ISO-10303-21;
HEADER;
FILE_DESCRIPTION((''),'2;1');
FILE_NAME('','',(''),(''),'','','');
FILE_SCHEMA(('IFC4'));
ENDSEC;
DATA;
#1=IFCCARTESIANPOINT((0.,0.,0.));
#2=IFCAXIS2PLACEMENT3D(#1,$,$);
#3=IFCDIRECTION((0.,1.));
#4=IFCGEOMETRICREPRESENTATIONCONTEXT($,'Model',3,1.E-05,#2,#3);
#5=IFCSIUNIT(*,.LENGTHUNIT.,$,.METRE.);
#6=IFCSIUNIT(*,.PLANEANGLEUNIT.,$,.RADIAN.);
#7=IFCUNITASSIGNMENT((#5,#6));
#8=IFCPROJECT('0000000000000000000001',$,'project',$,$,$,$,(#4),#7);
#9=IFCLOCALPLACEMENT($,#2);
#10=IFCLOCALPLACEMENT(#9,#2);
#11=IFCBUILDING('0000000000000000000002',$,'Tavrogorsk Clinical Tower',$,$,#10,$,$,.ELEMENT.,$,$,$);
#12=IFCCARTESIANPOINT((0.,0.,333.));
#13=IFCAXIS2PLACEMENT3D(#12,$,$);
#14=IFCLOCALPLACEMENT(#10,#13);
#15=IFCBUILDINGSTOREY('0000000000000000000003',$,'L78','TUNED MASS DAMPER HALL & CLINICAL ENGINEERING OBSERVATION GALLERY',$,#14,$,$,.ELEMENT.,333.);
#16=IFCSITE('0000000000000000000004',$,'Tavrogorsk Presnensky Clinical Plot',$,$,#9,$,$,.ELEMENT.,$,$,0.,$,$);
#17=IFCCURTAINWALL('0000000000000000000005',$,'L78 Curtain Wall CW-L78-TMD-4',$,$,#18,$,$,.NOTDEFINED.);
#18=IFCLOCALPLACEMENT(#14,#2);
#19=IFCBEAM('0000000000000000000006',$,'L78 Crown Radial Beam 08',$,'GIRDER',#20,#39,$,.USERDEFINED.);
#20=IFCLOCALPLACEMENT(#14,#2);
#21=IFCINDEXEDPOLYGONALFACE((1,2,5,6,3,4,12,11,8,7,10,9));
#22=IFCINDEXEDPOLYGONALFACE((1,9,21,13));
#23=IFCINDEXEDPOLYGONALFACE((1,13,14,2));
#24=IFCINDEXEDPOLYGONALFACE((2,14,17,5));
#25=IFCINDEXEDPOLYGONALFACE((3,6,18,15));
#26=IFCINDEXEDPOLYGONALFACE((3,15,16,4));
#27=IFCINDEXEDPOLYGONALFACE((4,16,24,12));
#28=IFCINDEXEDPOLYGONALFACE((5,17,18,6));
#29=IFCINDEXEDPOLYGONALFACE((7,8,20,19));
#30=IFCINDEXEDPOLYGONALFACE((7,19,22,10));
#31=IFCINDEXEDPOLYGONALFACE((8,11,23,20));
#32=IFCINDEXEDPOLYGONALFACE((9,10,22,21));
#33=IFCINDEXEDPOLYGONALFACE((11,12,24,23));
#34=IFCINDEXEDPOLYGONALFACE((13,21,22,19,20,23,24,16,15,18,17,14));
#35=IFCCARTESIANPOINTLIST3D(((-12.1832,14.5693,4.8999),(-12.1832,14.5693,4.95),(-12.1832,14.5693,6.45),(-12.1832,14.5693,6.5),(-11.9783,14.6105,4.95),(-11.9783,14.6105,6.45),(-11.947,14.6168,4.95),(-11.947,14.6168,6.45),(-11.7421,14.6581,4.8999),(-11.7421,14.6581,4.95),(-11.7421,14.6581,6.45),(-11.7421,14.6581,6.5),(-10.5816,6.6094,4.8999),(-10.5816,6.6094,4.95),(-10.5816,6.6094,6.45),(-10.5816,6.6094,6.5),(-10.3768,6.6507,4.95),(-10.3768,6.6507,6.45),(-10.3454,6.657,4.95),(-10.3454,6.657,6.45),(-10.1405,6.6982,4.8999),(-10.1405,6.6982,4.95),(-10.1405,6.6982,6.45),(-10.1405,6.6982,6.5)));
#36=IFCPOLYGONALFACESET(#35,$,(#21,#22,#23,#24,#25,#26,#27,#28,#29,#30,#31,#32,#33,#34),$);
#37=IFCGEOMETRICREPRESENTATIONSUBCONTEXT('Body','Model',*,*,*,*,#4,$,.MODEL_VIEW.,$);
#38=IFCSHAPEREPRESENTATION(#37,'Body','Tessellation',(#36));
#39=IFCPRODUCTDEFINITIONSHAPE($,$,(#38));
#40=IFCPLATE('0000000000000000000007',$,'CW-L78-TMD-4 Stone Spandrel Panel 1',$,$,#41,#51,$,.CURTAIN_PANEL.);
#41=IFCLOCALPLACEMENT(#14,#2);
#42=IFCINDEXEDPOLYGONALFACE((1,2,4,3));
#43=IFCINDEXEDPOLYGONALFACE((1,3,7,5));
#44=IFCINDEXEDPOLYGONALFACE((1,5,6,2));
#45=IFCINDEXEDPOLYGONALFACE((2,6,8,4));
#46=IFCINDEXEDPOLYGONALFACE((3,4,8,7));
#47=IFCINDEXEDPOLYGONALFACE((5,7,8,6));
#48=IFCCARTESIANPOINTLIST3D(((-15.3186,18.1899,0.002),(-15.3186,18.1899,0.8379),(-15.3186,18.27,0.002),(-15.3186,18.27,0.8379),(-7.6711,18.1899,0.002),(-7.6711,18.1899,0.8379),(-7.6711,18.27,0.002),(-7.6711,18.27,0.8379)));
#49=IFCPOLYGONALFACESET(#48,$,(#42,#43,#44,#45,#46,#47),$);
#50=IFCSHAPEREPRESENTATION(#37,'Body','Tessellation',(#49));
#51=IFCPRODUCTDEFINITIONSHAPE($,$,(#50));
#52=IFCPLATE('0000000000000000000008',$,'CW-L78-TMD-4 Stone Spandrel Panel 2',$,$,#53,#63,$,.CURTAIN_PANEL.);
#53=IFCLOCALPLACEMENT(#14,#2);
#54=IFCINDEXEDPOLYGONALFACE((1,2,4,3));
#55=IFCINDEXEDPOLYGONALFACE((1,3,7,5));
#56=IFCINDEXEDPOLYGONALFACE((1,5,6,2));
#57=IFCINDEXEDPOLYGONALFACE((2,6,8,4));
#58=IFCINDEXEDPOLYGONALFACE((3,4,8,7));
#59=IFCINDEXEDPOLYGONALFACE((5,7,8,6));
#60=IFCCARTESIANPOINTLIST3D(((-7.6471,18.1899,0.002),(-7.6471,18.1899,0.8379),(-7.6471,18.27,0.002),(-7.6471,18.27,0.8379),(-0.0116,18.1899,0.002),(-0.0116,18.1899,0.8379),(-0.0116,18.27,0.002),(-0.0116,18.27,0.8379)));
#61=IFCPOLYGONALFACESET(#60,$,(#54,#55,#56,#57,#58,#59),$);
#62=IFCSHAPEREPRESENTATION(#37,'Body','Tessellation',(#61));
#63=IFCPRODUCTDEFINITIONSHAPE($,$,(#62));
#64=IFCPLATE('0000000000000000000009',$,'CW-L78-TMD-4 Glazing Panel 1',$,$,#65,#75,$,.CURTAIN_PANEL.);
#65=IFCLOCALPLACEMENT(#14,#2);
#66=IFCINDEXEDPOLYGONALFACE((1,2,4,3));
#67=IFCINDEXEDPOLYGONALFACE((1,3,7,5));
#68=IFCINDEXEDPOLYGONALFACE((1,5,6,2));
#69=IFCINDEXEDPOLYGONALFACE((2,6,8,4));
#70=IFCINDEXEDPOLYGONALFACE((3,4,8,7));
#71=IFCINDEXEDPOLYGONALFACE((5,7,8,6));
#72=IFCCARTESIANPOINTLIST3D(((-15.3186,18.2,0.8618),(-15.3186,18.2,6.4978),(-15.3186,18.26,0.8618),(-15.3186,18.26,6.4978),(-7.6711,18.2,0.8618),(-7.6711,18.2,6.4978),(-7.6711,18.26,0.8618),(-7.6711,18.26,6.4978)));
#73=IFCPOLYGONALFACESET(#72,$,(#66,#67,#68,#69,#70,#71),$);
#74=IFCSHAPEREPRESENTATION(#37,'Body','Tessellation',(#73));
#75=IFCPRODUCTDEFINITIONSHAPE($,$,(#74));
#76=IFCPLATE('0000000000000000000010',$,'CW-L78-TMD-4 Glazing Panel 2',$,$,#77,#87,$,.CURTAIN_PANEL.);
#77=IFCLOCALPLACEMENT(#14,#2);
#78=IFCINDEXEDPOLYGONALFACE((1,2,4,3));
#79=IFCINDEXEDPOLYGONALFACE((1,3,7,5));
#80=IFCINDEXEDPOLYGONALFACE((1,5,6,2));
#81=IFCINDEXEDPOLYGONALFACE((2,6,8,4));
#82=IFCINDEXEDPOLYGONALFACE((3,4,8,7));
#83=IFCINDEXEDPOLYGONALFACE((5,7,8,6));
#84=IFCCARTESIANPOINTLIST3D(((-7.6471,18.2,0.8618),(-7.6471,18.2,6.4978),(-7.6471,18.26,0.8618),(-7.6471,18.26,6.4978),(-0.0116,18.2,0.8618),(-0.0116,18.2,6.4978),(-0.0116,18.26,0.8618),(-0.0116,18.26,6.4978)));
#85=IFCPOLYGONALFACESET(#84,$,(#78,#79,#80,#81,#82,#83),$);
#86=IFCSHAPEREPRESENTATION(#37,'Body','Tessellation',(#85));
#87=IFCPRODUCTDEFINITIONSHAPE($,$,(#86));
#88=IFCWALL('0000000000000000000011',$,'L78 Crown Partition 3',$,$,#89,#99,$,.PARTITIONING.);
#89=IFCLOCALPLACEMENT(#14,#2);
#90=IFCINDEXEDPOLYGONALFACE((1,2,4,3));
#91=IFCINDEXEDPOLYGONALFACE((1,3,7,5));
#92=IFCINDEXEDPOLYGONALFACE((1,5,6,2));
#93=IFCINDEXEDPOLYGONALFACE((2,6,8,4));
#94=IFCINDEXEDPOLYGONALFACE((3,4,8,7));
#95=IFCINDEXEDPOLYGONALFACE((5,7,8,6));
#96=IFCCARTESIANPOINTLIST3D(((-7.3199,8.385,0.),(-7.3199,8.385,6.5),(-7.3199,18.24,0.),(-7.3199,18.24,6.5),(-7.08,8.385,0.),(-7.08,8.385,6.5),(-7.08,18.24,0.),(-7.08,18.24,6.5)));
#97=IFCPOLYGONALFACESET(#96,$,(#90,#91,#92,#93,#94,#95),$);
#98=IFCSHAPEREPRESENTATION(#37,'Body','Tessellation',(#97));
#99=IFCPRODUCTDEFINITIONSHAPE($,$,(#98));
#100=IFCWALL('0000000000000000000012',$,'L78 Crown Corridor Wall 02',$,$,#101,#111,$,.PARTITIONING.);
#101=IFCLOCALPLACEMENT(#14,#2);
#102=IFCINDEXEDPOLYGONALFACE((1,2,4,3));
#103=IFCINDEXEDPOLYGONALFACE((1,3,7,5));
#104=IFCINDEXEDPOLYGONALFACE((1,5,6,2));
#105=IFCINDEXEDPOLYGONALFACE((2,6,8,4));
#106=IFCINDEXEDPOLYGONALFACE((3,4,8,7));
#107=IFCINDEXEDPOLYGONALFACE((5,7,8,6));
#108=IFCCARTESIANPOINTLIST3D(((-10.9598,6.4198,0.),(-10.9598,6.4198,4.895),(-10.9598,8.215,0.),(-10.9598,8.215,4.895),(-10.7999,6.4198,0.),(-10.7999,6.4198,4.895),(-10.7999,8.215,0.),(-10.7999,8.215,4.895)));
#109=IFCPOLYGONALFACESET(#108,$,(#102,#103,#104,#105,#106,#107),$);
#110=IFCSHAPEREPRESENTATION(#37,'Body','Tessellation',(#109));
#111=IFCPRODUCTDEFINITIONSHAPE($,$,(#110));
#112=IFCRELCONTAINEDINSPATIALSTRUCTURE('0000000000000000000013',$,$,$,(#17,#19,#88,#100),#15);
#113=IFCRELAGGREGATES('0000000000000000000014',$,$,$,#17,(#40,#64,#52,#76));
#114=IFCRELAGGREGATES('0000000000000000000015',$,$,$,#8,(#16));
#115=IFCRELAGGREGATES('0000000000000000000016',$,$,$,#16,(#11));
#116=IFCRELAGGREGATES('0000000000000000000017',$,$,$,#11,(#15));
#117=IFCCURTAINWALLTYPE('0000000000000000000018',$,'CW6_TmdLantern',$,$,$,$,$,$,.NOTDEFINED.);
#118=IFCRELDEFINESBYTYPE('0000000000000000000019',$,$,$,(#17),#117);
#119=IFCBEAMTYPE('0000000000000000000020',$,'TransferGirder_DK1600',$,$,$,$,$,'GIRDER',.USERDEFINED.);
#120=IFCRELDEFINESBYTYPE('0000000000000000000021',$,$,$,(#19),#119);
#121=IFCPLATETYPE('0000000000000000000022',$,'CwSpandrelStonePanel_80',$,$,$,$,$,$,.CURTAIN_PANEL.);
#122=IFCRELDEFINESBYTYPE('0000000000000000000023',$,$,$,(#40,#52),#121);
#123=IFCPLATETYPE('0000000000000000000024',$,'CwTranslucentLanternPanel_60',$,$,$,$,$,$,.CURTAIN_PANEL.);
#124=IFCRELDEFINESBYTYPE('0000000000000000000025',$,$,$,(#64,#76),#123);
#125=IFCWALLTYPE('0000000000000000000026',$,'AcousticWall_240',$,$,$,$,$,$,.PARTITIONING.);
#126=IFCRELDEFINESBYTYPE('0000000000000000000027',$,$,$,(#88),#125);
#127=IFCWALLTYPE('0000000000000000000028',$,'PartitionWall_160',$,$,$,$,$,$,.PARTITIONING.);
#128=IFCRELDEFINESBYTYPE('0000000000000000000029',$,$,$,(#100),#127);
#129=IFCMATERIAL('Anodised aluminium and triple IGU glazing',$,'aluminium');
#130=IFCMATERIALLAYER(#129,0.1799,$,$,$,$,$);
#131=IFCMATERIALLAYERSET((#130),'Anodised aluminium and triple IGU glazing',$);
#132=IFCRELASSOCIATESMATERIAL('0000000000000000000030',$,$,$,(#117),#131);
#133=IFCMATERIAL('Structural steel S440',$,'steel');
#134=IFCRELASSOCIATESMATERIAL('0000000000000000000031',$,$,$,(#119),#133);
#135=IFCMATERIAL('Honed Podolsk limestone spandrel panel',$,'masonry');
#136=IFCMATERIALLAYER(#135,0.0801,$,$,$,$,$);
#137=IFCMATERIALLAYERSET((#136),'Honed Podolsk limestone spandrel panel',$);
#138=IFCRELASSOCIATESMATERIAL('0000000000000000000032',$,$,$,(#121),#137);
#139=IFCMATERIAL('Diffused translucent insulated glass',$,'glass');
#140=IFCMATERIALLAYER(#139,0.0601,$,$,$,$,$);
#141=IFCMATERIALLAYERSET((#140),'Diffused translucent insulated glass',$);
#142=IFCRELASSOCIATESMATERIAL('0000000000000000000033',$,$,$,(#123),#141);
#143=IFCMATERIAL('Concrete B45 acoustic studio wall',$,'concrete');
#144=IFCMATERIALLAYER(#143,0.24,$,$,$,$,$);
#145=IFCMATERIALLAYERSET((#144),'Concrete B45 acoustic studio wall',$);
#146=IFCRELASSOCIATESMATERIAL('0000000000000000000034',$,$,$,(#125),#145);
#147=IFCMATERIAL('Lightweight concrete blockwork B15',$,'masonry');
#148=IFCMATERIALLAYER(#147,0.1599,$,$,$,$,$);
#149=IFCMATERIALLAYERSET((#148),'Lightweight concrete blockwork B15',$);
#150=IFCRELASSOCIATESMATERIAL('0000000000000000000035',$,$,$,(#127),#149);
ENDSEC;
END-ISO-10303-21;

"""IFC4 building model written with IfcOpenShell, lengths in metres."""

from ifc_helpers import new_model, si_unit, direction, frame, frame_2d, origin, origin_2d, place, context, subcontext, project, spatial, rectangle, i_section, extrude, material, layer, layer_set, material_profile, profile_set, type_object, element, aggregate, save


model = new_model("IFC4")

# Units and contexts
model_context = context("Model", 3, precision=1e-05, world=origin(), true_north=direction((0.0, 1.0)))
body_context = subcontext(model_context, "Body", "Model", "MODEL_VIEW")
ifc_project = project(units=[si_unit("LENGTHUNIT", "METRE"), si_unit("PLANEANGLEUNIT", "RADIAN")], contexts=[model_context])

# Site, building, storey
site_placement = place(None, origin())
site = spatial("IfcSite", under=ifc_project, at=site_placement, Name="Tavrogorsk Presnensky Clinical Plot", CompositionType="ELEMENT", RefElevation=0.0)
building_placement = place(site_placement, origin())
building = spatial("IfcBuilding", under=site, at=building_placement, Name="Tavrogorsk Clinical Tower", CompositionType="ELEMENT")
storey_placement = place(building_placement, frame((0.0, 0.0, 333.0)))
storey = spatial("IfcBuildingStorey", under=building, at=storey_placement, Name="L78", Description="TUNED MASS DAMPER HALL & CLINICAL ENGINEERING OBSERVATION GALLERY", CompositionType="ELEMENT", Elevation=333.0)

# Curtain wall
ifc_material_1 = material(Name="Anodised aluminium and triple IGU glazing", Category="aluminium")
ifc_layer_1 = layer(ifc_material_1, 0.1799)
ifc_layer_set_1 = layer_set([ifc_layer_1], Name="Anodised aluminium and triple IGU glazing")
curtain_wall_type = type_object("IfcCurtainWallType", Name="CW6_TmdLantern", PredefinedType="NOTDEFINED", material=ifc_layer_set_1)
curtain_wall_placement = place(storey_placement, origin())
curtain_wall = element("IfcCurtainWall", 1, at=curtain_wall_placement, inside=storey, type_object=curtain_wall_type, Name="L78 Curtain Wall CW-L78-TMD-4", PredefinedType="NOTDEFINED")

# Beam
ifc_material_2 = material(Name="Structural steel S440", Category="steel")
ifc_material_profile_1 = material_profile(ifc_material_2, i_section(OverallWidth=0.45, OverallDepth=1.6001, WebThickness=0.032, FlangeThickness=0.05, at=origin_2d()), Name="DK-1600x450x32x50")
ifc_profile_set_1 = profile_set([ifc_material_profile_1], Name="Structural steel S440")
beam_type = type_object("IfcBeamType", Name="TransferGirder_DK1600", ElementType="GIRDER", PredefinedType="USERDEFINED", material=ifc_profile_set_1)
beam_1_placement = place(storey_placement, frame((-10.3611, 6.6538, 5.7), z_axis=(-0.197249, 0.980353, 0.0), x_axis=(-0.980353, -0.197249, 0.0)))
element("IfcBeam", 2, at=beam_1_placement, inside=storey, type_object=beam_type, Name="L78 Crown Radial Beam 08", ObjectType="GIRDER", PredefinedType="USERDEFINED", context=body_context, shape_type="SweptSolid", body=[
    extrude(i_section(OverallWidth=0.45, OverallDepth=1.6001, WebThickness=0.032, FlangeThickness=0.05, at=origin_2d()), origin(), (0.0, 0.0, 1.0), 8.1194),
])

# Plates
ifc_material_3 = material(Name="Honed Podolsk limestone spandrel panel", Category="masonry")
ifc_layer_2 = layer(ifc_material_3, 0.0801)
ifc_layer_set_2 = layer_set([ifc_layer_2], Name="Honed Podolsk limestone spandrel panel")
plate_type_1 = type_object("IfcPlateType", Name="CwSpandrelStonePanel_80", PredefinedType="CURTAIN_PANEL", material=ifc_layer_set_2)
plate_1_placement = place(storey_placement, frame((-11.4949, 18.23, 0.002), z_axis=(0.0, 0.0, 1.0), x_axis=(1.0, 0.0, 0.0)))
plate_1 = element("IfcPlate", 3, at=plate_1_placement, type_object=plate_type_1, Name="CW-L78-TMD-4 Stone Spandrel Panel 1", PredefinedType="CURTAIN_PANEL", context=body_context, shape_type="SweptSolid", body=[
    extrude(rectangle(XDim=7.6475, YDim=0.0801, at=origin_2d()), origin(), (0.0, 0.0, 1.0), 0.8359),
])
plate_2_placement = place(storey_placement, frame((-3.8293, 18.23, 0.002), z_axis=(0.0, 0.0, 1.0), x_axis=(1.0, 0.0, 0.0)))
plate_2 = element("IfcPlate", 4, at=plate_2_placement, type_object=plate_type_1, Name="CW-L78-TMD-4 Stone Spandrel Panel 2", PredefinedType="CURTAIN_PANEL", context=body_context, shape_type="SweptSolid", body=[
    extrude(rectangle(XDim=7.6355, YDim=0.0801, at=origin_2d()), origin(), (0.0, 0.0, 1.0), 0.8359),
])
ifc_material_4 = material(Name="Diffused translucent insulated glass", Category="glass")
ifc_layer_3 = layer(ifc_material_4, 0.0601)
ifc_layer_set_3 = layer_set([ifc_layer_3], Name="Diffused translucent insulated glass")
plate_type_2 = type_object("IfcPlateType", Name="CwTranslucentLanternPanel_60", PredefinedType="CURTAIN_PANEL", material=ifc_layer_set_3)
plate_3_placement = place(storey_placement, frame((-11.4949, 18.23, 0.8618), z_axis=(0.0, 0.0, 1.0), x_axis=(1.0, 0.0, 0.0)))
plate_3 = element("IfcPlate", 5, at=plate_3_placement, type_object=plate_type_2, Name="CW-L78-TMD-4 Glazing Panel 1", PredefinedType="CURTAIN_PANEL", context=body_context, shape_type="SweptSolid", body=[
    extrude(rectangle(XDim=7.6475, YDim=0.0601, at=origin_2d()), origin(), (0.0, 0.0, 1.0), 5.636),
])
plate_4_placement = place(storey_placement, frame((-3.8293, 18.23, 0.8618), z_axis=(0.0, 0.0, 1.0), x_axis=(1.0, 0.0, 0.0)))
plate_4 = element("IfcPlate", 6, at=plate_4_placement, type_object=plate_type_2, Name="CW-L78-TMD-4 Glazing Panel 2", PredefinedType="CURTAIN_PANEL", context=body_context, shape_type="SweptSolid", body=[
    extrude(rectangle(XDim=7.6355, YDim=0.0601, at=origin_2d()), origin(), (0.0, 0.0, 1.0), 5.636),
])
aggregate(curtain_wall, [plate_1, plate_3, plate_2, plate_4])

# Walls
ifc_material_5 = material(Name="Concrete B45 acoustic studio wall", Category="concrete")
ifc_layer_4 = layer(ifc_material_5, 0.24)
ifc_layer_set_4 = layer_set([ifc_layer_4], Name="Concrete B45 acoustic studio wall")
wall_type_1 = type_object("IfcWallType", Name="AcousticWall_240", PredefinedType="PARTITIONING", material=ifc_layer_set_4)
wall_1_placement = place(storey_placement, frame((-7.2, 8.385, 0.0), z_axis=(0.0, 0.0, 1.0), x_axis=(0.0, 1.0, 0.0)))
element("IfcWall", 7, at=wall_1_placement, inside=storey, type_object=wall_type_1, Name="L78 Crown Partition 3", PredefinedType="PARTITIONING", context=body_context, shape_type="SweptSolid", body=[
    extrude(rectangle(XDim=9.855, YDim=0.24, at=frame_2d((4.9275, 0.0))), origin(), (0.0, 0.0, 1.0), 6.5),
])
ifc_material_6 = material(Name="Lightweight concrete blockwork B15", Category="masonry")
ifc_layer_5 = layer(ifc_material_6, 0.1599)
ifc_layer_set_5 = layer_set([ifc_layer_5], Name="Lightweight concrete blockwork B15")
wall_type_2 = type_object("IfcWallType", Name="PartitionWall_160", PredefinedType="PARTITIONING", material=ifc_layer_set_5)
wall_2_placement = place(storey_placement, frame((-10.8799, 6.4199, 0.0), z_axis=(0.0, 0.0, 1.0), x_axis=(0.0, 1.0, 0.0)))
element("IfcWall", 8, at=wall_2_placement, inside=storey, type_object=wall_type_2, Name="L78 Crown Corridor Wall 02", PredefinedType="PARTITIONING", context=body_context, shape_type="SweptSolid", body=[
    extrude(rectangle(XDim=1.7952, YDim=0.1599, at=frame_2d((0.8975, 0.0))), origin(), (0.0, 0.0, 1.0), 4.895),
])

save(model, "model.ifc")
